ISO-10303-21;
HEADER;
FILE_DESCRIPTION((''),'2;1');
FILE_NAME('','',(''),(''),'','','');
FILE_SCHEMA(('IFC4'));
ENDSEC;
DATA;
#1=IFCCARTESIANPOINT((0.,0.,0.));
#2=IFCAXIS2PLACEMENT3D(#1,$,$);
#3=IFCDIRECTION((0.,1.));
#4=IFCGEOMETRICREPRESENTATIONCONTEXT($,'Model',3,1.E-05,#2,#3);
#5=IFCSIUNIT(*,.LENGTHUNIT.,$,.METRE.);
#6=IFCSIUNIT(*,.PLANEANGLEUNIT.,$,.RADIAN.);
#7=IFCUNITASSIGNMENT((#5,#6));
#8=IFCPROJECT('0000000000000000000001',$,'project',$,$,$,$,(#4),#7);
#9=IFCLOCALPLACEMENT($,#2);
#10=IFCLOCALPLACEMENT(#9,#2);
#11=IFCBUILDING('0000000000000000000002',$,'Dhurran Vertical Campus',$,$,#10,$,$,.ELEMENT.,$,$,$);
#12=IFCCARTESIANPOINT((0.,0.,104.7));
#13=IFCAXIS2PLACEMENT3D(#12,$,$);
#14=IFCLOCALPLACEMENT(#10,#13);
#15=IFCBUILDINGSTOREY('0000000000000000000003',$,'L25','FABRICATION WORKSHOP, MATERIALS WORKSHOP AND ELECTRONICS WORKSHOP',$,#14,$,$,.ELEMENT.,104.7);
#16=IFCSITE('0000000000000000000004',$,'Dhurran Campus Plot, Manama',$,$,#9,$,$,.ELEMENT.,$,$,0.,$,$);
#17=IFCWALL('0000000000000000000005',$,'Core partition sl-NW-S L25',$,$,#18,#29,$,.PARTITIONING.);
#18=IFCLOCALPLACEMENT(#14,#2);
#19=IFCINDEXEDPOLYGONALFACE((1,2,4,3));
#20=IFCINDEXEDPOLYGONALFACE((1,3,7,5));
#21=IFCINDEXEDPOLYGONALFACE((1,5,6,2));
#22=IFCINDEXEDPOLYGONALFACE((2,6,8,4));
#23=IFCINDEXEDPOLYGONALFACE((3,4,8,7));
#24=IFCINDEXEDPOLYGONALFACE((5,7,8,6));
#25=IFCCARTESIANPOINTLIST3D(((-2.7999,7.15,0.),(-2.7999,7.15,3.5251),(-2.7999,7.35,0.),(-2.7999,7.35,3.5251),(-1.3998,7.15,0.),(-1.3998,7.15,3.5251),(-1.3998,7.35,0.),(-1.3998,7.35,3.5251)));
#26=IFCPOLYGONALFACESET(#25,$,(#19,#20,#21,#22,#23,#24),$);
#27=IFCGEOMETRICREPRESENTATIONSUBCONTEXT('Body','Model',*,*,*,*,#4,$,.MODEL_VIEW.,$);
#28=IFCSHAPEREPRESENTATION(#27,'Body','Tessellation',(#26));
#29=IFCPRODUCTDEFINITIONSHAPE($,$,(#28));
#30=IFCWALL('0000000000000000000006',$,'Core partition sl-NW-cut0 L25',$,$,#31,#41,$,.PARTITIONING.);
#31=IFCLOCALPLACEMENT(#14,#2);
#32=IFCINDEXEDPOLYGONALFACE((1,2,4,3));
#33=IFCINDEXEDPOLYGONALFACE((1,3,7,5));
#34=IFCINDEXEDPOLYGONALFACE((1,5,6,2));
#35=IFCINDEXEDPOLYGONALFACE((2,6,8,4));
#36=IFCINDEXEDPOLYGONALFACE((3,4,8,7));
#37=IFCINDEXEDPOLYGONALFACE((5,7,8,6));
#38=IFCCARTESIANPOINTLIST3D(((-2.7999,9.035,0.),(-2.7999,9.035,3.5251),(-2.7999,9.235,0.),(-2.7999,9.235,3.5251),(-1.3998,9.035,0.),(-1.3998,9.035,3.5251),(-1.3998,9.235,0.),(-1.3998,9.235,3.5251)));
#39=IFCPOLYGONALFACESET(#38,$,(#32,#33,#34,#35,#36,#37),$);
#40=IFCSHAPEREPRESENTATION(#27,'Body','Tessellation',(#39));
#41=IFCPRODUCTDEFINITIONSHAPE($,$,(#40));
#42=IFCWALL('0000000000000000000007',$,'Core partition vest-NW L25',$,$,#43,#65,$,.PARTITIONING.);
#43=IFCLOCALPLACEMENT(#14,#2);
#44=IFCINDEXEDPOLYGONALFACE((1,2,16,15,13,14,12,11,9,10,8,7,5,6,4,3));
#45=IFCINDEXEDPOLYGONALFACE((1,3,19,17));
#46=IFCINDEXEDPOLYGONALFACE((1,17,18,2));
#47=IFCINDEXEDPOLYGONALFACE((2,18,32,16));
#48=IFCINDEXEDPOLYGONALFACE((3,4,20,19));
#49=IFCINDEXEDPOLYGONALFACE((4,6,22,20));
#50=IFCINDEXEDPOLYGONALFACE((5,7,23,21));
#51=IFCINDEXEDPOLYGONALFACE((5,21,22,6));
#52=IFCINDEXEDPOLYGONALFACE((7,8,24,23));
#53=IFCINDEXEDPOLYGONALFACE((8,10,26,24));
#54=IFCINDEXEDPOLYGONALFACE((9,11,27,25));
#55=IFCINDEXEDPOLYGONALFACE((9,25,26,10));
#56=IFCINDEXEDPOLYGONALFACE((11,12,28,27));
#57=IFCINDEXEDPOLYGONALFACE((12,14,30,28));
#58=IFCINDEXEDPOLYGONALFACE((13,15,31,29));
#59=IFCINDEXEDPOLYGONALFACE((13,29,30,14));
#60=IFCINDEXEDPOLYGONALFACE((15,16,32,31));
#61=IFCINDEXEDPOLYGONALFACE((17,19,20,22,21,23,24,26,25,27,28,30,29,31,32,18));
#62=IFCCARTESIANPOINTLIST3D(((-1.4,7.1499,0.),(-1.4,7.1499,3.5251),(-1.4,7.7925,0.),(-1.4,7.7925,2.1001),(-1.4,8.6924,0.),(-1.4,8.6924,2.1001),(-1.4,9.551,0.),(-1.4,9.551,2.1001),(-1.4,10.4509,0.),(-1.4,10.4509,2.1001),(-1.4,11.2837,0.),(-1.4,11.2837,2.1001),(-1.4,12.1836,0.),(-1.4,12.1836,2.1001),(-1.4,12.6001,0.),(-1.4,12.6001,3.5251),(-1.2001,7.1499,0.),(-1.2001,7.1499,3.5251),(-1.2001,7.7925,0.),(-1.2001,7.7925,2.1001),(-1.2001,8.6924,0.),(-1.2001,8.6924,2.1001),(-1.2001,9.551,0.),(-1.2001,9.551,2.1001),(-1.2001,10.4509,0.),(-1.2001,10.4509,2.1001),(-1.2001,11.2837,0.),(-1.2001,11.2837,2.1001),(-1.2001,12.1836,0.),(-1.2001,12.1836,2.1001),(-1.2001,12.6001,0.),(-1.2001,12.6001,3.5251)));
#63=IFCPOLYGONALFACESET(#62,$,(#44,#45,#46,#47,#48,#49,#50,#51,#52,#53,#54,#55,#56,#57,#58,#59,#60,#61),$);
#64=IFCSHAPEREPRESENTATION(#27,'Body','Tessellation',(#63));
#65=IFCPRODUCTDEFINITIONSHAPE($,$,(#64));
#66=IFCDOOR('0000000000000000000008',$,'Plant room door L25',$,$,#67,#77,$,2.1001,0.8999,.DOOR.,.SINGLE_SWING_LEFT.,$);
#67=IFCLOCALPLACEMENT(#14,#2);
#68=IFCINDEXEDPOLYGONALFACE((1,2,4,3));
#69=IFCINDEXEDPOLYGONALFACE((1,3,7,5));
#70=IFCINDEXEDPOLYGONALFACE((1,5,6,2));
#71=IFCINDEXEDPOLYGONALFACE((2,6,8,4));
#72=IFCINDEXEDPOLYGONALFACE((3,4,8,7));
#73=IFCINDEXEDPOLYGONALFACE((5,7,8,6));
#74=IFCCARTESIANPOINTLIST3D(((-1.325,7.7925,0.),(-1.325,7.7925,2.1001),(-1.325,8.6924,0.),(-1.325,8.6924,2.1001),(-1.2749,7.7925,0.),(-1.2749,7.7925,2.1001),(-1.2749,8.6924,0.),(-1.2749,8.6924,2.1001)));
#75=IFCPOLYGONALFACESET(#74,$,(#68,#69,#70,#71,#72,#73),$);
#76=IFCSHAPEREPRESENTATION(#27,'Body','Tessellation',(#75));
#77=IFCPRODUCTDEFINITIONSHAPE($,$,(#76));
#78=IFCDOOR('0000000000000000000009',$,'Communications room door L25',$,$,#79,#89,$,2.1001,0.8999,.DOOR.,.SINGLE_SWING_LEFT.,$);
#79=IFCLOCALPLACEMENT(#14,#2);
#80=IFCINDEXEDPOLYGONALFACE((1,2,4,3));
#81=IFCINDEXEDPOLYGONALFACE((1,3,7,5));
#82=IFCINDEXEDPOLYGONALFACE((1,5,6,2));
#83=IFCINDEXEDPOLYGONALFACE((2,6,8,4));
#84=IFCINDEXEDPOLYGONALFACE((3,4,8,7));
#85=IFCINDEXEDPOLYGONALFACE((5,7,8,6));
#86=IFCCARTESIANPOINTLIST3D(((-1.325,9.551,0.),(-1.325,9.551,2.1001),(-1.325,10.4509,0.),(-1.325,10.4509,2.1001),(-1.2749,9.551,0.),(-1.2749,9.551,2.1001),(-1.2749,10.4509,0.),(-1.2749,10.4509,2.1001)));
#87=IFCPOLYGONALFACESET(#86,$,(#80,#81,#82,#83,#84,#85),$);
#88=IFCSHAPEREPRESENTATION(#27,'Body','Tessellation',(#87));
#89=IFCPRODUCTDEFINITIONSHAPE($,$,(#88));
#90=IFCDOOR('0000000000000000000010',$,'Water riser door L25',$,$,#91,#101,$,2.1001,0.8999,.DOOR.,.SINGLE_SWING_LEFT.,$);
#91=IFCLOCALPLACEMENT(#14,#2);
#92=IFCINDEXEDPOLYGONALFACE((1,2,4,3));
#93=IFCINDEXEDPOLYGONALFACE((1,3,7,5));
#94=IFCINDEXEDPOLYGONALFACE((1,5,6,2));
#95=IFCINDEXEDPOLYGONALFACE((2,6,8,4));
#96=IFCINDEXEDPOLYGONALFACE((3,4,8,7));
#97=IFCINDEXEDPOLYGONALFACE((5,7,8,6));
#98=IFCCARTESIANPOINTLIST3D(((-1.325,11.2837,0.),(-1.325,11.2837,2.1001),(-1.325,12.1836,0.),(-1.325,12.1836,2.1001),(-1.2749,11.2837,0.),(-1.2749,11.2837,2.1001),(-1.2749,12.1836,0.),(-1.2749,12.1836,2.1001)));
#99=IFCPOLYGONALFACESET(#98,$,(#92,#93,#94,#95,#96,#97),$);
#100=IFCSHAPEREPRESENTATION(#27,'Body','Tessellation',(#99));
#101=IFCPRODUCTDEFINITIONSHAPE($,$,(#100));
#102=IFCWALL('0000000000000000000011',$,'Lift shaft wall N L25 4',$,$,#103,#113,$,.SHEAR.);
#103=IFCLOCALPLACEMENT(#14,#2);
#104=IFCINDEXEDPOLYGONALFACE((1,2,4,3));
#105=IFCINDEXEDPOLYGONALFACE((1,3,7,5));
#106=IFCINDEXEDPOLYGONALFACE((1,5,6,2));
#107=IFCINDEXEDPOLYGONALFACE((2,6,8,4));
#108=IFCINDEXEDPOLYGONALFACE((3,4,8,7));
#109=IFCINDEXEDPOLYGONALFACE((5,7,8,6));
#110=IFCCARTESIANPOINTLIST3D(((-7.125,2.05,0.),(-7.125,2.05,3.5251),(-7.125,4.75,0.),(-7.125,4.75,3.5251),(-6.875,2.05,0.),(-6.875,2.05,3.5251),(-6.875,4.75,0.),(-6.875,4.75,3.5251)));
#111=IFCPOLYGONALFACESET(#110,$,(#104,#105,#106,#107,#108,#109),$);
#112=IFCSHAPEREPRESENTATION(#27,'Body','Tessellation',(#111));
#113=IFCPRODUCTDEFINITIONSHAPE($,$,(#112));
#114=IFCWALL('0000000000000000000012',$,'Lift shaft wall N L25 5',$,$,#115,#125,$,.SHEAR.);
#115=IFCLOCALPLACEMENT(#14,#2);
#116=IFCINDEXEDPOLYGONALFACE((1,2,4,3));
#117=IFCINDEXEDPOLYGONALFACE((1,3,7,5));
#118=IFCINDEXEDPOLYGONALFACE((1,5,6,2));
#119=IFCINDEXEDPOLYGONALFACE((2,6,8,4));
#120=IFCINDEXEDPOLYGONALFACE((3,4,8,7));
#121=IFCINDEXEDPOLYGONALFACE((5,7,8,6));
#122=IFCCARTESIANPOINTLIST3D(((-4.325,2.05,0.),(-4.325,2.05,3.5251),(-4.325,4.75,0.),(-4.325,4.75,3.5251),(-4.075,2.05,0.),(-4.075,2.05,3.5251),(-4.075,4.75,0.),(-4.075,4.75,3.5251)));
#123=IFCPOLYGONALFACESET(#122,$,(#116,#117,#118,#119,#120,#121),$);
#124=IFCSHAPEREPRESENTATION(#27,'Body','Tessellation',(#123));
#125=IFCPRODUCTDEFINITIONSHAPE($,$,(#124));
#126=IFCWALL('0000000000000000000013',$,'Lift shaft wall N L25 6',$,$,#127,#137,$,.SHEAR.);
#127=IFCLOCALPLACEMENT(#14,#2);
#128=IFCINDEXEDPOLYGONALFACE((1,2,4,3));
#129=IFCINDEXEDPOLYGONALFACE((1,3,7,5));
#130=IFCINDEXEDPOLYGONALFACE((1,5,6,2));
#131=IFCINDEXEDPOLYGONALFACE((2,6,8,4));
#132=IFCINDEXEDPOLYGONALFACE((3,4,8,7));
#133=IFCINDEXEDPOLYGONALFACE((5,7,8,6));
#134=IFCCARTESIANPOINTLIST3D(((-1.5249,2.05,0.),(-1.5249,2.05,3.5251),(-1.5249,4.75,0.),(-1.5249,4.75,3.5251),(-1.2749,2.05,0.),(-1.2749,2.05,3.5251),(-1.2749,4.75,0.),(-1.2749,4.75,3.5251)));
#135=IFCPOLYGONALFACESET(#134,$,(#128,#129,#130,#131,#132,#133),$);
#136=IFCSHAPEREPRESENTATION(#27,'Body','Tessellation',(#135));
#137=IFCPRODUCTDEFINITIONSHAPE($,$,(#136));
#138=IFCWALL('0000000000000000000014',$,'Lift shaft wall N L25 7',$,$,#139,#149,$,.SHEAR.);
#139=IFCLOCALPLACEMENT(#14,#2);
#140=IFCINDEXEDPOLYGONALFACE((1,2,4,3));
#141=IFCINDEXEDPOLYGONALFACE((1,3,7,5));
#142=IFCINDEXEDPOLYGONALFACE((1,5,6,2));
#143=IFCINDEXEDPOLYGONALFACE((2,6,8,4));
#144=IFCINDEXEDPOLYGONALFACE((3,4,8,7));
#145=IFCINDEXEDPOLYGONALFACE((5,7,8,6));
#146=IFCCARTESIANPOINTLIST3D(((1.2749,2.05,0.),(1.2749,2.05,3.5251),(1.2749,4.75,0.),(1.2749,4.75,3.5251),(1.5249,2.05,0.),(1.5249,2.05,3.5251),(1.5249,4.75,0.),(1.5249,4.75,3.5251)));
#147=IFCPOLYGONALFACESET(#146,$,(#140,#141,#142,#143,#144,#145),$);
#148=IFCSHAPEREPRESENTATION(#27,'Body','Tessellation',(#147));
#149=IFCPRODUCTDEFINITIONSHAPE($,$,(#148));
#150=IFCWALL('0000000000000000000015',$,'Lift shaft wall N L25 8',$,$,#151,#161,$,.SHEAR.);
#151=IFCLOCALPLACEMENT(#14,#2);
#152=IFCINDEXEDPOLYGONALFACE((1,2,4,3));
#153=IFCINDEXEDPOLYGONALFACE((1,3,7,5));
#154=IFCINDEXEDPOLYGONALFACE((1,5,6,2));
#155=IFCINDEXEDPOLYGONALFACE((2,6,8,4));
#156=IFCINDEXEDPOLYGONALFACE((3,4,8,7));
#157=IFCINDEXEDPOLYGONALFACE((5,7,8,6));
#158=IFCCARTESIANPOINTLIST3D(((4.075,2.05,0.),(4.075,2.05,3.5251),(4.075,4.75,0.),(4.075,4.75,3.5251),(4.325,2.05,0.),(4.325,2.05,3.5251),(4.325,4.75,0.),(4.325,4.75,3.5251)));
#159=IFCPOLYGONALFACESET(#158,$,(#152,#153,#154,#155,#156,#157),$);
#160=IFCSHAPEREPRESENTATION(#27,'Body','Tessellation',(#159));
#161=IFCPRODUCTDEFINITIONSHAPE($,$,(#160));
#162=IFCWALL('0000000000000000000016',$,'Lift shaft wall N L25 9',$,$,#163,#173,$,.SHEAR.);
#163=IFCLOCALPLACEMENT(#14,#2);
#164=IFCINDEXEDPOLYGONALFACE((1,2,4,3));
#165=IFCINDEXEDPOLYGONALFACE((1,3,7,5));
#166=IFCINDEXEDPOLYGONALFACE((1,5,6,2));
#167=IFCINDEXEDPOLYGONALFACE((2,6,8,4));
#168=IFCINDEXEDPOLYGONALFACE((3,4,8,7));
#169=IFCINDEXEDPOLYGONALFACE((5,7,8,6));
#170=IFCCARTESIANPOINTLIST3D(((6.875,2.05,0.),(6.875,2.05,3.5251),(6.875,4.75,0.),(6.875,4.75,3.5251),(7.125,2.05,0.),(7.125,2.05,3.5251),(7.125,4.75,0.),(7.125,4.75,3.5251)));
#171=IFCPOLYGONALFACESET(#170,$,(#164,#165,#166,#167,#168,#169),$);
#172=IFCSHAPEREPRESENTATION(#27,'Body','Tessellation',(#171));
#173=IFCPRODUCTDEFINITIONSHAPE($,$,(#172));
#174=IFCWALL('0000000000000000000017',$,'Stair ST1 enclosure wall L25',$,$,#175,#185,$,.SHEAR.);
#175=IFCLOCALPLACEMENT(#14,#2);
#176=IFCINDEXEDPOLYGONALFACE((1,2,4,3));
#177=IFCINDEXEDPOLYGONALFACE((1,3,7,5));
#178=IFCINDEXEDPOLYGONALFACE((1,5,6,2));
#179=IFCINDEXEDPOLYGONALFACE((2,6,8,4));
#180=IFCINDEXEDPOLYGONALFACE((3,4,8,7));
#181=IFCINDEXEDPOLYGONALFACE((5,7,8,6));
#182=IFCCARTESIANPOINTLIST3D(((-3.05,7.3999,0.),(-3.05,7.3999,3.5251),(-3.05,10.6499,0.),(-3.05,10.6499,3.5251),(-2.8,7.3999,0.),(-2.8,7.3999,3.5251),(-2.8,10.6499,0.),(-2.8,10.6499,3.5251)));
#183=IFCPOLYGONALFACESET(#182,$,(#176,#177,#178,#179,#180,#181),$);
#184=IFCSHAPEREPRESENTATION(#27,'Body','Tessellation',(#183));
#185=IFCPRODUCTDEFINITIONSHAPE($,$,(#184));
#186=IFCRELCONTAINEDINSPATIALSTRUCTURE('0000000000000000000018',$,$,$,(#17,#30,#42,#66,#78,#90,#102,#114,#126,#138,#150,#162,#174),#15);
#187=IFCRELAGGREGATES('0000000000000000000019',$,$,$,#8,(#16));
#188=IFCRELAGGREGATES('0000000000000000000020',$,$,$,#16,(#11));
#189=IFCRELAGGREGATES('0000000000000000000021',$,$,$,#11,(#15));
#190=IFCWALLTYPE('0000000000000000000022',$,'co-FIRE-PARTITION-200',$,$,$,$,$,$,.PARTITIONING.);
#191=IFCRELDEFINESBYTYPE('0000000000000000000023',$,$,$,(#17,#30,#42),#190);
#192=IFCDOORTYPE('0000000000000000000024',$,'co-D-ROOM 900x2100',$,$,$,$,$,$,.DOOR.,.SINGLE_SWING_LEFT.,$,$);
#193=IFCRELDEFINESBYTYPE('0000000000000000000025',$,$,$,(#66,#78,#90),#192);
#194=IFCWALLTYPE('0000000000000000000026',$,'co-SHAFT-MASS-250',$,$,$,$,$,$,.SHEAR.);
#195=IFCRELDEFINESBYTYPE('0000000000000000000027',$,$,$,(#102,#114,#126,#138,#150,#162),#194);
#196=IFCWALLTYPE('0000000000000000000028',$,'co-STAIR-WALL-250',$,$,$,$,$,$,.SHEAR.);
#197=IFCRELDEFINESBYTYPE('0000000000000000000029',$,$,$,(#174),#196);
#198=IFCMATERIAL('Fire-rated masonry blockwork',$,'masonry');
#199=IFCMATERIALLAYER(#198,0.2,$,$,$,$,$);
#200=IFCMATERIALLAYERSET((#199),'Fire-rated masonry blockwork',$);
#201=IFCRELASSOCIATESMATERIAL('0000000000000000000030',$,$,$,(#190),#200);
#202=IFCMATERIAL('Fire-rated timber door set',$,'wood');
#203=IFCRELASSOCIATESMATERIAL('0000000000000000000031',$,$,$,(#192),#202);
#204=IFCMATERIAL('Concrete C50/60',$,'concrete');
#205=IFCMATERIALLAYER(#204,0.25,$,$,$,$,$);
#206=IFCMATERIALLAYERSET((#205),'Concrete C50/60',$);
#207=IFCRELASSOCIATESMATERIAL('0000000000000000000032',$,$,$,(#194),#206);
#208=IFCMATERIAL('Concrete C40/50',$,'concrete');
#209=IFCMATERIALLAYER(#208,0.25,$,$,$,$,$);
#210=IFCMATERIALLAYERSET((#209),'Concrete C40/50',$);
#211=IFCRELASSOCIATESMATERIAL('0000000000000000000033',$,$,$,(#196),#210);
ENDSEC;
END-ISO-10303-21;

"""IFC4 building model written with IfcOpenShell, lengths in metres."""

from ifc_helpers import new_model, si_unit, direction, frame, frame_2d, origin, place, context, subcontext, project, spatial, polyline, rectangle, outline, extrude, material, layer, layer_set, type_object, element, fill, save


model = new_model("IFC4")

# Units and contexts
model_context = context("Model", 3, precision=1e-05, world=origin(), true_north=direction((0.0, 1.0)))
body_context = subcontext(model_context, "Body", "Model", "MODEL_VIEW")
ifc_project = project(units=[si_unit("LENGTHUNIT", "METRE"), si_unit("PLANEANGLEUNIT", "RADIAN")], contexts=[model_context])

# Site, building, storey
site_placement = place(None, origin())
site = spatial("IfcSite", under=ifc_project, at=site_placement, Name="Dhurran Campus Plot, Manama", CompositionType="ELEMENT", RefElevation=0.0)
building_placement = place(site_placement, origin())
building = spatial("IfcBuilding", under=site, at=building_placement, Name="Dhurran Vertical Campus", CompositionType="ELEMENT")
storey_placement = place(building_placement, frame((0.0, 0.0, 104.7)))
storey = spatial("IfcBuildingStorey", under=building, at=storey_placement, Name="L25", Description="FABRICATION WORKSHOP, MATERIALS WORKSHOP AND ELECTRONICS WORKSHOP", CompositionType="ELEMENT", Elevation=104.7)

# Walls
ifc_material_1 = material(Name="Fire-rated masonry blockwork", Category="masonry")
ifc_layer_1 = layer(ifc_material_1, 0.2)
ifc_layer_set_1 = layer_set([ifc_layer_1], Name="Fire-rated masonry blockwork")
wall_type_1 = type_object("IfcWallType", Name="co-FIRE-PARTITION-200", PredefinedType="PARTITIONING", material=ifc_layer_set_1)
for number, where, z_axis, x_axis, name in (
    (1, (-2.8, 7.25, 0.0), (0.0, 0.0, 1.0), (1.0, 0.0, 0.0), "Core partition sl-NW-S L25"),
    (2, (-2.8, 9.135, 0.0), (0.0, 0.0, 1.0), (1.0, 0.0, 0.0), "Core partition sl-NW-cut0 L25"),
):
    element("IfcWall", number, at=place(storey_placement, frame(where, z_axis=z_axis, x_axis=x_axis)), inside=storey, type_object=wall_type_1, Name=name, PredefinedType="PARTITIONING", context=body_context, shape_type="SweptSolid", body=[
        extrude(rectangle(XDim=1.4001, YDim=0.2, at=frame_2d((0.7002, 0.0))), origin(), (0.0, 0.0, 1.0), 3.5251),
    ])

# Wall, openings, doors
wall_1_placement = place(storey_placement, frame((-1.3, 7.1499, 0.0), z_axis=(0.0, 0.0, 1.0), x_axis=(0.0, 1.0, 0.0)))
wall_1 = element("IfcWall", 3, at=wall_1_placement, inside=storey, type_object=wall_type_1, Name="Core partition vest-NW L25", PredefinedType="PARTITIONING", context=body_context, shape_type="SweptSolid", body=[
    extrude(rectangle(XDim=5.4502, YDim=0.2, at=frame_2d((2.7251, 0.0))), origin(), (0.0, 0.0, 1.0), 3.5251),
])
opening_1_placement = place(wall_1_placement, frame((0.6426, 0.0, 0.0)))
opening_1 = element("IfcOpeningElement", 4, at=opening_1_placement, cuts=wall_1, PredefinedType="OPENING", context=body_context, shape_type="SweptSolid", body=[
    extrude(rectangle(XDim=0.8999, YDim=2.1001, at=frame_2d((0.45, 1.05))), frame((0.0, 0.1099, 0.0), z_axis=(0.0, -1.0, 0.0), x_axis=(1.0, 0.0, 0.0)), (0.0, 0.0, 1.0), 0.22),
])
opening_2_placement = place(wall_1_placement, frame((2.4011, 0.0, 0.0)))
opening_2 = element("IfcOpeningElement", 5, at=opening_2_placement, cuts=wall_1, PredefinedType="OPENING", context=body_context, shape_type="SweptSolid", body=[
    extrude(rectangle(XDim=0.8999, YDim=2.1001, at=frame_2d((0.45, 1.05))), frame((0.0, 0.1099, 0.0), z_axis=(0.0, -1.0, 0.0), x_axis=(1.0, 0.0, 0.0)), (0.0, 0.0, 1.0), 0.22),
])
opening_3_placement = place(wall_1_placement, frame((4.1338, 0.0, 0.0)))
opening_3 = element("IfcOpeningElement", 6, at=opening_3_placement, cuts=wall_1, PredefinedType="OPENING", context=body_context, shape_type="SweptSolid", body=[
    extrude(rectangle(XDim=0.8999, YDim=2.1001, at=frame_2d((0.45, 1.05))), frame((0.0, 0.1099, 0.0), z_axis=(0.0, -1.0, 0.0), x_axis=(1.0, 0.0, 0.0)), (0.0, 0.0, 1.0), 0.22),
])
ifc_material_2 = material(Name="Fire-rated timber door set", Category="wood")
door_type = type_object("IfcDoorType", Name="co-D-ROOM 900x2100", OperationType="SINGLE_SWING_LEFT", PredefinedType="DOOR", material=ifc_material_2)
door_1_placement = place(opening_1_placement, origin())
door_1 = element("IfcDoor", 7, at=door_1_placement, inside=storey, type_object=door_type, Name="Plant room door L25", OperationType="SINGLE_SWING_LEFT", OverallHeight=2.1001, OverallWidth=0.8999, PredefinedType="DOOR", context=body_context, shape_type="SweptSolid", body=[
    extrude(rectangle(XDim=0.8999, YDim=2.1001, at=frame_2d((0.45, 1.05))), frame((0.0, 0.0249, 0.0), z_axis=(0.0, -1.0, 0.0), x_axis=(1.0, 0.0, 0.0)), (0.0, 0.0, 1.0), 0.05),
])
fill(opening_1, door_1)
door_2_placement = place(opening_2_placement, origin())
door_2 = element("IfcDoor", 8, at=door_2_placement, inside=storey, type_object=door_type, Name="Communications room door L25", OperationType="SINGLE_SWING_LEFT", OverallHeight=2.1001, OverallWidth=0.8999, PredefinedType="DOOR", context=body_context, shape_type="SweptSolid", body=[
    extrude(rectangle(XDim=0.8999, YDim=2.1001, at=frame_2d((0.45, 1.05))), frame((0.0, 0.0249, 0.0), z_axis=(0.0, -1.0, 0.0), x_axis=(1.0, 0.0, 0.0)), (0.0, 0.0, 1.0), 0.05),
])
fill(opening_2, door_2)
door_3_placement = place(opening_3_placement, origin())
door_3 = element("IfcDoor", 9, at=door_3_placement, inside=storey, type_object=door_type, Name="Water riser door L25", OperationType="SINGLE_SWING_LEFT", OverallHeight=2.1001, OverallWidth=0.8999, PredefinedType="DOOR", context=body_context, shape_type="SweptSolid", body=[
    extrude(rectangle(XDim=0.8999, YDim=2.1001, at=frame_2d((0.45, 1.05))), frame((0.0, 0.0249, 0.0), z_axis=(0.0, -1.0, 0.0), x_axis=(1.0, 0.0, 0.0)), (0.0, 0.0, 1.0), 0.05),
])
fill(opening_3, door_3)

# Walls
ifc_material_3 = material(Name="Concrete C50/60", Category="concrete")
ifc_layer_2 = layer(ifc_material_3, 0.25)
ifc_layer_set_2 = layer_set([ifc_layer_2], Name="Concrete C50/60")
wall_type_2 = type_object("IfcWallType", Name="co-SHAFT-MASS-250", PredefinedType="SHEAR", material=ifc_layer_set_2)
wall_2_placement = place(storey_placement, origin())
element("IfcWall", 10, at=wall_2_placement, inside=storey, type_object=wall_type_2, Name="Lift shaft wall N L25 4", PredefinedType="SHEAR", context=body_context, shape_type="SweptSolid", body=[
    extrude(outline(polyline([(-7.125, 2.05), (-6.875, 2.05), (-6.875, 4.75), (-7.125, 4.75), (-7.125, 2.05)])), origin(), (0.0, 0.0, 1.0), 3.5251),
])
wall_3_placement = place(storey_placement, origin())
element("IfcWall", 11, at=wall_3_placement, inside=storey, type_object=wall_type_2, Name="Lift shaft wall N L25 5", PredefinedType="SHEAR", context=body_context, shape_type="SweptSolid", body=[
    extrude(outline(polyline([(-4.325, 2.05), (-4.075, 2.05), (-4.075, 4.75), (-4.325, 4.75), (-4.325, 2.05)])), origin(), (0.0, 0.0, 1.0), 3.5251),
])
wall_4_placement = place(storey_placement, origin())
element("IfcWall", 12, at=wall_4_placement, inside=storey, type_object=wall_type_2, Name="Lift shaft wall N L25 6", PredefinedType="SHEAR", context=body_context, shape_type="SweptSolid", body=[
    extrude(outline(polyline([(-1.5249, 2.05), (-1.2749, 2.05), (-1.2749, 4.75), (-1.5249, 4.75), (-1.5249, 2.05)])), origin(), (0.0, 0.0, 1.0), 3.5251),
])
wall_5_placement = place(storey_placement, origin())
element("IfcWall", 13, at=wall_5_placement, inside=storey, type_object=wall_type_2, Name="Lift shaft wall N L25 7", PredefinedType="SHEAR", context=body_context, shape_type="SweptSolid", body=[
    extrude(outline(polyline([(1.2749, 2.05), (1.5249, 2.05), (1.5249, 4.75), (1.2749, 4.75), (1.2749, 2.05)])), origin(), (0.0, 0.0, 1.0), 3.5251),
])
wall_6_placement = place(storey_placement, origin())
element("IfcWall", 14, at=wall_6_placement, inside=storey, type_object=wall_type_2, Name="Lift shaft wall N L25 8", PredefinedType="SHEAR", context=body_context, shape_type="SweptSolid", body=[
    extrude(outline(polyline([(4.075, 2.05), (4.325, 2.05), (4.325, 4.75), (4.075, 4.75), (4.075, 2.05)])), origin(), (0.0, 0.0, 1.0), 3.5251),
])
wall_7_placement = place(storey_placement, origin())
element("IfcWall", 15, at=wall_7_placement, inside=storey, type_object=wall_type_2, Name="Lift shaft wall N L25 9", PredefinedType="SHEAR", context=body_context, shape_type="SweptSolid", body=[
    extrude(outline(polyline([(6.875, 2.05), (7.125, 2.05), (7.125, 4.75), (6.875, 4.75), (6.875, 2.05)])), origin(), (0.0, 0.0, 1.0), 3.5251),
])
ifc_material_4 = material(Name="Concrete C40/50", Category="concrete")
ifc_layer_3 = layer(ifc_material_4, 0.25)
ifc_layer_set_3 = layer_set([ifc_layer_3], Name="Concrete C40/50")
wall_type_3 = type_object("IfcWallType", Name="co-STAIR-WALL-250", PredefinedType="SHEAR", material=ifc_layer_set_3)
wall_8_placement = place(storey_placement, frame((-2.925, 7.3999, 0.0), z_axis=(0.0, 0.0, 1.0), x_axis=(0.0, 1.0, 0.0)))
element("IfcWall", 16, at=wall_8_placement, inside=storey, type_object=wall_type_3, Name="Stair ST1 enclosure wall L25", PredefinedType="SHEAR", context=body_context, shape_type="SweptSolid", body=[
    extrude(rectangle(XDim=3.25, YDim=0.25, at=frame_2d((1.625, 0.0))), origin(), (0.0, 0.0, 1.0), 3.5251),
])

save(model, "model.ifc")
